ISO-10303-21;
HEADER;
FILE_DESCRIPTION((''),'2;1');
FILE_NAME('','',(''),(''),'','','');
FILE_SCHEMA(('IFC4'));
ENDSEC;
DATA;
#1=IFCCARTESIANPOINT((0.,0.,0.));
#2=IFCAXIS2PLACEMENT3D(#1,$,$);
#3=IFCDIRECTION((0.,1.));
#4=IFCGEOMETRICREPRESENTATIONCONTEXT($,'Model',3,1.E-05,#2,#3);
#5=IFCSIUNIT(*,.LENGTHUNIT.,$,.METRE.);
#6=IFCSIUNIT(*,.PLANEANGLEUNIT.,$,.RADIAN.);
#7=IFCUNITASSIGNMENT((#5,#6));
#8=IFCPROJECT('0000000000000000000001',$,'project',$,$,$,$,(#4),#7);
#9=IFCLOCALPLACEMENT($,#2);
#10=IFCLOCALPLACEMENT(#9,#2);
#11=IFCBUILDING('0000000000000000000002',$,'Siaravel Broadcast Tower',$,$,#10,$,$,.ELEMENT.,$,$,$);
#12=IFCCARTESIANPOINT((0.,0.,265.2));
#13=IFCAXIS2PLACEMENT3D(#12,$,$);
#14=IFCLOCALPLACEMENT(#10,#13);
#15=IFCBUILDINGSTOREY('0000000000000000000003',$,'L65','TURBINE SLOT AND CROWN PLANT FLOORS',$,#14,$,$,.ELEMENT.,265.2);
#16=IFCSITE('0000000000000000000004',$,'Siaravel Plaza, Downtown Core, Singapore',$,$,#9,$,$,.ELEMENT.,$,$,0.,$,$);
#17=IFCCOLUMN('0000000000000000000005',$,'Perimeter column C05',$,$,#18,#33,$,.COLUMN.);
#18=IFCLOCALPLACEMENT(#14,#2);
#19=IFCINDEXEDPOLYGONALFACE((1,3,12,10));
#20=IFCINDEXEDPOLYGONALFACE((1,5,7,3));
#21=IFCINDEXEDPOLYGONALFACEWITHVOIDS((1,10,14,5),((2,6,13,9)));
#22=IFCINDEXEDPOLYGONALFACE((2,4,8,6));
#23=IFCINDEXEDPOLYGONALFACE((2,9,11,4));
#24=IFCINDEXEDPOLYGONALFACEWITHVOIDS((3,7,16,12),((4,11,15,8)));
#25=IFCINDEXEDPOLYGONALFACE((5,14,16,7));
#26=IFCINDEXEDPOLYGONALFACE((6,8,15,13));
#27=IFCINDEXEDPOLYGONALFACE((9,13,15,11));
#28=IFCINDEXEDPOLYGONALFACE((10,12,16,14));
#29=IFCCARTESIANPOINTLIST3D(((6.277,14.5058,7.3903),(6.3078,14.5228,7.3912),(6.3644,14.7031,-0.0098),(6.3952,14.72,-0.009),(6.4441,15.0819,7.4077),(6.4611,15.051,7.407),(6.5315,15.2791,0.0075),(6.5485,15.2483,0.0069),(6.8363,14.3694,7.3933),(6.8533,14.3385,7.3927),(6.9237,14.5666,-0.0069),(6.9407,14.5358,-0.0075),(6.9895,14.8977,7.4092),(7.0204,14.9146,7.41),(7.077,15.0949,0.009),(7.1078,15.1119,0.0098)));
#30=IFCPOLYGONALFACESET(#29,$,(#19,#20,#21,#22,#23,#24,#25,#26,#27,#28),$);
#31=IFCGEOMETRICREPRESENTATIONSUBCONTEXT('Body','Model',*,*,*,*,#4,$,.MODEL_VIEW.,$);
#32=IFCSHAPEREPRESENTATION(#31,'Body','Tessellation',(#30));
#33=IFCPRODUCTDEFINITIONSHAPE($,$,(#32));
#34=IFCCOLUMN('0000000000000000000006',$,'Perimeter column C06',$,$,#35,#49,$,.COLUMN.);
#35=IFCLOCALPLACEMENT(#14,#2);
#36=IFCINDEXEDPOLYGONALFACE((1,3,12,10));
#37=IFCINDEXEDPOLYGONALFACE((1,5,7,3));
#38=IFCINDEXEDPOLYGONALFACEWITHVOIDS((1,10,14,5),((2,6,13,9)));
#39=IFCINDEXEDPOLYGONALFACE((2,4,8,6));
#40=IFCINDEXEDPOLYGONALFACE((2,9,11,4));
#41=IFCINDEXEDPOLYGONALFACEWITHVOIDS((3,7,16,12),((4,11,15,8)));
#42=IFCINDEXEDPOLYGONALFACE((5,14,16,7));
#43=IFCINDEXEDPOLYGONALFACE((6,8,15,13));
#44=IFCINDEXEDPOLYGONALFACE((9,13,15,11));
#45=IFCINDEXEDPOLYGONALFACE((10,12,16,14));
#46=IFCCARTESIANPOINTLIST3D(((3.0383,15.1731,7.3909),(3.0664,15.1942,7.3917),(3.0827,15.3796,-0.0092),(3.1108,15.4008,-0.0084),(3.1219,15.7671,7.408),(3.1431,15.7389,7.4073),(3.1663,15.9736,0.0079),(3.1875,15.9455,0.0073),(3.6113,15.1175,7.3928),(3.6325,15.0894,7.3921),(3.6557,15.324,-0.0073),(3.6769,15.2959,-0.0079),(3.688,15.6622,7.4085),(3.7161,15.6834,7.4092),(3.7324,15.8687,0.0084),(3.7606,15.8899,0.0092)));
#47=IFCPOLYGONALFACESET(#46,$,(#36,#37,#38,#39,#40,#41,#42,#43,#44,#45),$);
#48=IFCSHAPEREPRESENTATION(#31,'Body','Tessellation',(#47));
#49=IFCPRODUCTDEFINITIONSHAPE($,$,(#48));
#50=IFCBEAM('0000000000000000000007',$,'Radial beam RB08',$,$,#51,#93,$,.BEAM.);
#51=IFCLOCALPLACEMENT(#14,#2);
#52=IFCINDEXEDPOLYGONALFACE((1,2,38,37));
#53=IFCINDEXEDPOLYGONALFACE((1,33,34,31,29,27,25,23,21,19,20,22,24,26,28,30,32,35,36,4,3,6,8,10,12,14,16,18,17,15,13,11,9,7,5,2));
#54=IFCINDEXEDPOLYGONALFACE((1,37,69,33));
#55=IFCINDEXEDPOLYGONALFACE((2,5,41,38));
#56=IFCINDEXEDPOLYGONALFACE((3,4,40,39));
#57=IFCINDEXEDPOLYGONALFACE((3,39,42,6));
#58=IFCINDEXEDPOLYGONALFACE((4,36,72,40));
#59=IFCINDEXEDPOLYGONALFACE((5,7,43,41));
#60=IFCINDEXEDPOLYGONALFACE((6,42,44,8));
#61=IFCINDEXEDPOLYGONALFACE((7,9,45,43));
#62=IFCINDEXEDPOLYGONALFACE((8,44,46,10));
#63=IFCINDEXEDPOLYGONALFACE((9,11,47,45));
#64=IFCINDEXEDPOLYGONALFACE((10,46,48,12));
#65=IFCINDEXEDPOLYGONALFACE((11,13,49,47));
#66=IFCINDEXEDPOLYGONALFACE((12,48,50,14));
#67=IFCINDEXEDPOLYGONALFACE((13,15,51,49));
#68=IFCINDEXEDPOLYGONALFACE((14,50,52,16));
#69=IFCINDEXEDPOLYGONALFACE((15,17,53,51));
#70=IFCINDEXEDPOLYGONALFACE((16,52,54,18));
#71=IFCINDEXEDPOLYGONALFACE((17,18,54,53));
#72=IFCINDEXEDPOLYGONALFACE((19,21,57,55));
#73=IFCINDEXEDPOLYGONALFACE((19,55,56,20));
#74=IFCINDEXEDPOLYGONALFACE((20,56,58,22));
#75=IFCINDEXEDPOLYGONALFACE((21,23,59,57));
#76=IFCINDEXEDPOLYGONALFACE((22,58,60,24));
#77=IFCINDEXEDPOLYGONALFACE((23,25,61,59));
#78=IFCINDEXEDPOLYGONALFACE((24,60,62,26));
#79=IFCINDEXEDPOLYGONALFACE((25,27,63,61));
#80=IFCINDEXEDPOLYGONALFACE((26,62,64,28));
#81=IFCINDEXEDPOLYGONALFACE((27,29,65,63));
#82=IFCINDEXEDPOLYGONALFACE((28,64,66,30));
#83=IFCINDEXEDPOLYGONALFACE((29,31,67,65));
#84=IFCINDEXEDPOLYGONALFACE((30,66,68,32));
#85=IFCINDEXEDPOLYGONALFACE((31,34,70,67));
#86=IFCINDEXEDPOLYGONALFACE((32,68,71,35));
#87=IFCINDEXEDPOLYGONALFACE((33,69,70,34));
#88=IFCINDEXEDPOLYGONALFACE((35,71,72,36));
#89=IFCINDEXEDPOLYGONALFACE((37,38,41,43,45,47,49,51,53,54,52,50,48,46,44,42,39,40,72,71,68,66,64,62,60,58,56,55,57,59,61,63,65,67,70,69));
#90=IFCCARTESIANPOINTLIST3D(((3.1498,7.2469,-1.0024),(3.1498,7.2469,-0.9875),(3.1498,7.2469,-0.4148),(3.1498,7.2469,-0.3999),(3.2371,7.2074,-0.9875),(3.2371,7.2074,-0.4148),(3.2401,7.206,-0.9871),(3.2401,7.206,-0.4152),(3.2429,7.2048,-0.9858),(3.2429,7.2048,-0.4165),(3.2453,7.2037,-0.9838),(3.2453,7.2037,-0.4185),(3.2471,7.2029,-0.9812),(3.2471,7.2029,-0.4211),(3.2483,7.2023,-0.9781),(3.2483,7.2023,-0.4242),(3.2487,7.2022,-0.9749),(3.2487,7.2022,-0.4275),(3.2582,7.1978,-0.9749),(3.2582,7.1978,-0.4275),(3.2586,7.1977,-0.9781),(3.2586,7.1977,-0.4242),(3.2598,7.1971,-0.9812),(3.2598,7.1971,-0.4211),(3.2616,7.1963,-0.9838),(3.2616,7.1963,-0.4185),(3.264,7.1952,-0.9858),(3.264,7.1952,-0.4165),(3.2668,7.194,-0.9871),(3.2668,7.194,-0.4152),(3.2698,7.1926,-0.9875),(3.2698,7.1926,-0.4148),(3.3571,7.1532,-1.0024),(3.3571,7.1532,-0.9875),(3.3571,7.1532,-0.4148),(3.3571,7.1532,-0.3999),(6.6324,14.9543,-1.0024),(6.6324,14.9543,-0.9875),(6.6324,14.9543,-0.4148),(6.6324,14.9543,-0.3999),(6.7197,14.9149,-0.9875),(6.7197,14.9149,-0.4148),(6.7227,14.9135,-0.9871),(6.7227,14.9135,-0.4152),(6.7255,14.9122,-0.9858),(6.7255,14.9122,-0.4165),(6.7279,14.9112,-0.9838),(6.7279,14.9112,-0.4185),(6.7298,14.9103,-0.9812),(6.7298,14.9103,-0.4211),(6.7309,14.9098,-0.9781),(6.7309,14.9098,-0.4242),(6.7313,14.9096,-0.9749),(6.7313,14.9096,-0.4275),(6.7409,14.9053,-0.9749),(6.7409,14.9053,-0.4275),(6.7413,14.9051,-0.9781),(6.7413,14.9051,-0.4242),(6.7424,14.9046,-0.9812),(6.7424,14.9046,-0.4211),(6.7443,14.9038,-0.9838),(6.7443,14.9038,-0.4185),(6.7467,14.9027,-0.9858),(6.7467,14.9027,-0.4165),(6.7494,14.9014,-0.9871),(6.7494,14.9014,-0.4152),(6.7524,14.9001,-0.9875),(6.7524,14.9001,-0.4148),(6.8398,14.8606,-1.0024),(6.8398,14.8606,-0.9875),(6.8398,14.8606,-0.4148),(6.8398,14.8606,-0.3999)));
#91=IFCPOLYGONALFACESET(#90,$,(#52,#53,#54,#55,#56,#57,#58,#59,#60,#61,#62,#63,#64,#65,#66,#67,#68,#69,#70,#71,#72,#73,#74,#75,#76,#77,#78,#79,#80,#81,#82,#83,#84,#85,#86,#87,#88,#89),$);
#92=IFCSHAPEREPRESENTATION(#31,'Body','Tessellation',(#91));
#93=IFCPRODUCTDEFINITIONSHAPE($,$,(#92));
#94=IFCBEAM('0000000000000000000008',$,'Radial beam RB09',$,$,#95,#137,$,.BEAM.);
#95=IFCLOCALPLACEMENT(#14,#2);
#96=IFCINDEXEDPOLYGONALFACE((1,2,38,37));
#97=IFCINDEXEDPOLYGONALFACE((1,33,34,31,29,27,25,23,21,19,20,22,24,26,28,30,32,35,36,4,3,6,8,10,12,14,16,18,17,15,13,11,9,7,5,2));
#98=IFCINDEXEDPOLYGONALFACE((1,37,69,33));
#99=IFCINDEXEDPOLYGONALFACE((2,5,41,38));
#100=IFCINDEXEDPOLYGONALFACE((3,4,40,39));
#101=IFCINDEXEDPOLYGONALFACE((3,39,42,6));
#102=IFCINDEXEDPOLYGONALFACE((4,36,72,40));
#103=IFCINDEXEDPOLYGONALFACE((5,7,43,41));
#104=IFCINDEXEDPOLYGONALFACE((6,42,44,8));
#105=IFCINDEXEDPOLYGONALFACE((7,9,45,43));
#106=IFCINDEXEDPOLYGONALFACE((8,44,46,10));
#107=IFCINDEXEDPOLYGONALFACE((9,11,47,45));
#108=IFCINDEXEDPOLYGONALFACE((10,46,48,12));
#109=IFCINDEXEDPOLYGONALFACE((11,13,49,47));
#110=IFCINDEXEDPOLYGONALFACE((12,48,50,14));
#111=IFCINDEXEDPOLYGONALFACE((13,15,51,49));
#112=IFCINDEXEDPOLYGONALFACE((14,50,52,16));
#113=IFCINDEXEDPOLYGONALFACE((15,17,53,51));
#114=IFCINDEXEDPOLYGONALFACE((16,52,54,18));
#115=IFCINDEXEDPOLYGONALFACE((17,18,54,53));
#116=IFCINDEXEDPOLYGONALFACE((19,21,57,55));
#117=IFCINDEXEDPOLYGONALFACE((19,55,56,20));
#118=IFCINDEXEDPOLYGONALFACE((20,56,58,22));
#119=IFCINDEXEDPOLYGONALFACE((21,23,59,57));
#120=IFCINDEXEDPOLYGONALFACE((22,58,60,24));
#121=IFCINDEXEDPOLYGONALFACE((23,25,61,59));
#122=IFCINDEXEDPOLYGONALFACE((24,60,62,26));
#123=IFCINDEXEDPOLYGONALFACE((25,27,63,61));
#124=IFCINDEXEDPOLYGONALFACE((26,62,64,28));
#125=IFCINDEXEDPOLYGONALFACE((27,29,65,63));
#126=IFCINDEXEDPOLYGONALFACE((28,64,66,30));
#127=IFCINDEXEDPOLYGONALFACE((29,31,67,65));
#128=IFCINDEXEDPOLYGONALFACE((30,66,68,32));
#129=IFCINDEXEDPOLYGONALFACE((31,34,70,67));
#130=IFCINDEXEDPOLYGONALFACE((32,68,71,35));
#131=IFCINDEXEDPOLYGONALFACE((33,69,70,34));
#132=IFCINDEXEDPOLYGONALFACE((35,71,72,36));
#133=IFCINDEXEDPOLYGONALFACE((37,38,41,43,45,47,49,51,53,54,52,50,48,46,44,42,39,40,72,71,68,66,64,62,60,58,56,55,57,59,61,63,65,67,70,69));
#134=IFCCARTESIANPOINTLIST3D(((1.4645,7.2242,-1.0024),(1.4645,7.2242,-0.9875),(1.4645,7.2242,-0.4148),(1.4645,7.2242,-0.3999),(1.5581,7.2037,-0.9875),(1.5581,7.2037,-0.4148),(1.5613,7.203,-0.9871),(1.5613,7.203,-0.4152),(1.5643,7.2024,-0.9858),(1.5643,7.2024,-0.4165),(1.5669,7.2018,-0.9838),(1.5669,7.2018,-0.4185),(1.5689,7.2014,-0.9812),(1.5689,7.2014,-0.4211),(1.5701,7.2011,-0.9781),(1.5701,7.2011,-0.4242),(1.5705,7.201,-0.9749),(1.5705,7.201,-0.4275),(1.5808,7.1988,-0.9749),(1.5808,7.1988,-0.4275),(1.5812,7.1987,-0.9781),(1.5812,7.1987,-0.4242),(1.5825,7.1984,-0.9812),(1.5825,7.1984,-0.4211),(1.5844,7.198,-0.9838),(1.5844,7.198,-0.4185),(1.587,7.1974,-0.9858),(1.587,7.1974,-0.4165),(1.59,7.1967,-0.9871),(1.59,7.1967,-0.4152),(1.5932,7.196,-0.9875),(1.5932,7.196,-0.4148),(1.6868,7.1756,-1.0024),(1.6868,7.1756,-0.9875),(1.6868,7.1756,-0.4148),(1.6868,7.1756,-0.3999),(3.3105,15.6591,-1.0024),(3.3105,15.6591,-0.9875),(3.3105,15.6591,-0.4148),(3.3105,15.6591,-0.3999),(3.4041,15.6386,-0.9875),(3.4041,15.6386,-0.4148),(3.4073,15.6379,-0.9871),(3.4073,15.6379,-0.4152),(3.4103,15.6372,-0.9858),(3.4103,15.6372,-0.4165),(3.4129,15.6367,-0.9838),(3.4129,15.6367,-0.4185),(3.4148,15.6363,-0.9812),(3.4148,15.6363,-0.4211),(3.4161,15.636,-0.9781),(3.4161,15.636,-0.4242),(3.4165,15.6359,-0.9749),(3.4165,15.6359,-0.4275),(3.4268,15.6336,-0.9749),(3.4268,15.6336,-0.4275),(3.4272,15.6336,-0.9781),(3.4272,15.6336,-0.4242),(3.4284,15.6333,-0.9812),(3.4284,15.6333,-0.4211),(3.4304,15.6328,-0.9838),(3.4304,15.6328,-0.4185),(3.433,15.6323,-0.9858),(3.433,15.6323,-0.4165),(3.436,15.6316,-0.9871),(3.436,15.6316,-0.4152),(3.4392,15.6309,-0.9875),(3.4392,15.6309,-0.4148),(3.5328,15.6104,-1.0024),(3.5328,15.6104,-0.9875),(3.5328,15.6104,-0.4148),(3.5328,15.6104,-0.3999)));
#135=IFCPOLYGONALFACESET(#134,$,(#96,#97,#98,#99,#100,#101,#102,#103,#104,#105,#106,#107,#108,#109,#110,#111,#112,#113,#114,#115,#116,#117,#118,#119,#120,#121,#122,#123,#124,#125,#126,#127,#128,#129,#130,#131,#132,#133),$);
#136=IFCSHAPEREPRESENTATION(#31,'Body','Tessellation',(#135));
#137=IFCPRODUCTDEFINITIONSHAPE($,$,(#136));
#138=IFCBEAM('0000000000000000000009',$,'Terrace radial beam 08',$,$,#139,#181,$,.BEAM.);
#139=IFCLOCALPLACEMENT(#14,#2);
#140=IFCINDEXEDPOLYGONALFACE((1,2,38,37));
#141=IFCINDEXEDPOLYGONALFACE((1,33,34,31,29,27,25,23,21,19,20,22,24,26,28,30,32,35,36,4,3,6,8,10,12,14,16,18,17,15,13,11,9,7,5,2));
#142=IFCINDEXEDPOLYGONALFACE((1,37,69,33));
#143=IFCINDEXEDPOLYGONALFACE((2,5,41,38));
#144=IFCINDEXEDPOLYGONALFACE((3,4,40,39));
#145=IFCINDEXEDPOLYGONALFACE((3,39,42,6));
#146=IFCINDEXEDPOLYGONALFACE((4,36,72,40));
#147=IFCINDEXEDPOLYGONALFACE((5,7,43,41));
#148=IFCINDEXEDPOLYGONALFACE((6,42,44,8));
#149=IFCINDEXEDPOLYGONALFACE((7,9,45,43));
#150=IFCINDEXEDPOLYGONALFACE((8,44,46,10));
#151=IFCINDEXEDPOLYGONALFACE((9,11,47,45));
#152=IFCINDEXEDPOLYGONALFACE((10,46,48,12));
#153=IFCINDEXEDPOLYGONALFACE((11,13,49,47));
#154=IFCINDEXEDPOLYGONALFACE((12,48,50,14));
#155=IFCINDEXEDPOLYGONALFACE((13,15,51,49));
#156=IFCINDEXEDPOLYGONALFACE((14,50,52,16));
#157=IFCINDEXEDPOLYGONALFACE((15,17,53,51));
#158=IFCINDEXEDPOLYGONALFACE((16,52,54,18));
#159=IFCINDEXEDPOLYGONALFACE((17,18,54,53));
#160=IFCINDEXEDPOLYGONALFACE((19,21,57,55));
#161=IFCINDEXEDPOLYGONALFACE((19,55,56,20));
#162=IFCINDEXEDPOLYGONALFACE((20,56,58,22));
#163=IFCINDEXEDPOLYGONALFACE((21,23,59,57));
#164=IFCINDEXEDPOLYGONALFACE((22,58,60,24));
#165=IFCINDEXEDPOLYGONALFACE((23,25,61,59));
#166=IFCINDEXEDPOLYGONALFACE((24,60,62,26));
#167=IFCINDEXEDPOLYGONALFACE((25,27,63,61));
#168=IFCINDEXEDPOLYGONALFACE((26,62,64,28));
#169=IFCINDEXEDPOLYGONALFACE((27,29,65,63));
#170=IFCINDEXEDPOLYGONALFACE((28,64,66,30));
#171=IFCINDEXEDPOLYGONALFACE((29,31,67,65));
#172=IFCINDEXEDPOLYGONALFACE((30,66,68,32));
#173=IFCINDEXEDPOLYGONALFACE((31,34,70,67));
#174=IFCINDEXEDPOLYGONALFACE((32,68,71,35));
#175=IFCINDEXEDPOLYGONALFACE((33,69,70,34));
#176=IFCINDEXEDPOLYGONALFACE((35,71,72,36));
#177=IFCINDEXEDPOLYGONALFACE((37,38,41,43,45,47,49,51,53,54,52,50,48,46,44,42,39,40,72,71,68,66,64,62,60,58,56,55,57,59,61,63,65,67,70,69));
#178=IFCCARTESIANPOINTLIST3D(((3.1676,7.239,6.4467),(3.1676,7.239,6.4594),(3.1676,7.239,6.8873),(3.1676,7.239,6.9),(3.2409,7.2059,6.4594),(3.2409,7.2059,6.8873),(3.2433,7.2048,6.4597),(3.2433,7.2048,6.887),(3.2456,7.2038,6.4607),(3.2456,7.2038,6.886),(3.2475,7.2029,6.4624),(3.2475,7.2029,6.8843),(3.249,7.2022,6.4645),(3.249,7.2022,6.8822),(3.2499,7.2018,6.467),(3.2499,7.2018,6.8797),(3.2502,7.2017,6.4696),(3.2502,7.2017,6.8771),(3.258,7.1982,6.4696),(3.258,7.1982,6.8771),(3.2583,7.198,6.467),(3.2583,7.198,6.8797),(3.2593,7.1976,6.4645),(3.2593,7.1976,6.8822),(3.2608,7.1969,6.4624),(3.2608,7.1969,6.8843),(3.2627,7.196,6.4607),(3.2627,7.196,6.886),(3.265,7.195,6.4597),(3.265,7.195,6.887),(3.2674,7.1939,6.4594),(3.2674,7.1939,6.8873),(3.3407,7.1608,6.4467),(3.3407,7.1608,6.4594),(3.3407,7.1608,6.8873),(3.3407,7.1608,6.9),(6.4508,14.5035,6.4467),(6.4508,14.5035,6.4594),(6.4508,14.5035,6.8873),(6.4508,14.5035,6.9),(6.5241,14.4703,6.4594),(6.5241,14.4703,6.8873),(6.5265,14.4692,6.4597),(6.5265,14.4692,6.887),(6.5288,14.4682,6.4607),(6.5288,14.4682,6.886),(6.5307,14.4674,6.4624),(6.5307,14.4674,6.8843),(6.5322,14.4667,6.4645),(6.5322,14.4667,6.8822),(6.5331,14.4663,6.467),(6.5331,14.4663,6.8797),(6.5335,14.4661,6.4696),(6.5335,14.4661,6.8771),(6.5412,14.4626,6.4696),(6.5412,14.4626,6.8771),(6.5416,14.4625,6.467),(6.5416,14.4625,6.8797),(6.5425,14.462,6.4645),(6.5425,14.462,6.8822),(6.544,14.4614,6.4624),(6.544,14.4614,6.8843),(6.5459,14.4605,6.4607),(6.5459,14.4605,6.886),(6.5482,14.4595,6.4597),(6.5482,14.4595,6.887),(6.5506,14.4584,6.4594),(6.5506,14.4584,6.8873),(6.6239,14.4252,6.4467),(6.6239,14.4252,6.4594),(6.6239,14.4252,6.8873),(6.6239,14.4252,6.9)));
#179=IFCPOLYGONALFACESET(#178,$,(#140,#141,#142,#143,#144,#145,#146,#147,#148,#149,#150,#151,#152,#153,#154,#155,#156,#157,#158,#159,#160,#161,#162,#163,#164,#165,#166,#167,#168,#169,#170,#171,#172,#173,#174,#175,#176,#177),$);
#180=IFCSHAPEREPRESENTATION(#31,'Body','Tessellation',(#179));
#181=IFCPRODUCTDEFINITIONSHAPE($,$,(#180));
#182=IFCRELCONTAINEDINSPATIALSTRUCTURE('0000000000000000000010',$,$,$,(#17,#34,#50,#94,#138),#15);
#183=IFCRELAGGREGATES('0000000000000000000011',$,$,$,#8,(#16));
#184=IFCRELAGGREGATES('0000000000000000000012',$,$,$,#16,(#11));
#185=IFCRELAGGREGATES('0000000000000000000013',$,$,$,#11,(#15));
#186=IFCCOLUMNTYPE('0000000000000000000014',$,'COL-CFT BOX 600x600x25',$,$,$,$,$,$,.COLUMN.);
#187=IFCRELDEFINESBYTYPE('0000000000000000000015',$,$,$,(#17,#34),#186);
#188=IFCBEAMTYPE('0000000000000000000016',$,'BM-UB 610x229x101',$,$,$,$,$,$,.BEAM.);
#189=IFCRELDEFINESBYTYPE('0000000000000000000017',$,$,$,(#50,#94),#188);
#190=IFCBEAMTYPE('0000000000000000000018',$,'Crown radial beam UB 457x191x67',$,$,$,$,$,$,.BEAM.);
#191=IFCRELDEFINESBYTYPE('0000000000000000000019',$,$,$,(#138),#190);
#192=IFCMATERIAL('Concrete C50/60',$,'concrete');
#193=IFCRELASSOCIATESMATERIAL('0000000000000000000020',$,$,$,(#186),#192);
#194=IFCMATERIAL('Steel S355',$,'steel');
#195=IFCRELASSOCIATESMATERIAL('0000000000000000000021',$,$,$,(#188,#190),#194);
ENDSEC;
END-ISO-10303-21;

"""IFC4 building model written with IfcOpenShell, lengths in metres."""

from ifc_helpers import new_model, si_unit, direction, frame, origin, origin_2d, place, context, subcontext, project, spatial, hollow_rectangle, i_section, extrude, material, material_profile, profile_set, type_object, element, save


model = new_model("IFC4")

# Units and contexts
model_context = context("Model", 3, precision=1e-05, world=origin(), true_north=direction((0.0, 1.0)))
body_context = subcontext(model_context, "Body", "Model", "MODEL_VIEW")
ifc_project = project(units=[si_unit("LENGTHUNIT", "METRE"), si_unit("PLANEANGLEUNIT", "RADIAN")], contexts=[model_context])

# Site, building, storey
site_placement = place(None, origin())
site = spatial("IfcSite", under=ifc_project, at=site_placement, Name="Siaravel Plaza, Downtown Core, Singapore", CompositionType="ELEMENT", RefElevation=0.0)
building_placement = place(site_placement, origin())
building = spatial("IfcBuilding", under=site, at=building_placement, Name="Siaravel Broadcast Tower", CompositionType="ELEMENT")
storey_placement = place(building_placement, frame((0.0, 0.0, 265.2)))
storey = spatial("IfcBuildingStorey", under=building, at=storey_placement, Name="L65", Description="TURBINE SLOT AND CROWN PLANT FLOORS", CompositionType="ELEMENT", Elevation=265.2)

# Columns
ifc_material_1 = material(Name="Concrete C50/60", Category="concrete")
ifc_material_profile_1 = material_profile(ifc_material_1, hollow_rectangle(XDim=0.6001, YDim=0.6001, WallThickness=0.0249, at=origin_2d()))
ifc_profile_set_1 = profile_set([ifc_material_profile_1], Name="Concrete C50/60")
column_type = type_object("IfcColumnType", Name="COL-CFT BOX 600x600x25", PredefinedType="COLUMN", material=ifc_profile_set_1)
column_1_placement = place(storey_placement, frame((6.7361, 14.9075, 0.0), z_axis=(-0.011806, -0.026646, 0.999575), x_axis=(0.960365, -0.278719, 0.003913)))
element("IfcColumn", 1, at=column_1_placement, inside=storey, type_object=column_type, Name="Perimeter column C05", PredefinedType="COLUMN", context=body_context, shape_type="SweptSolid", body=[
    extrude(hollow_rectangle(XDim=0.6001, YDim=0.6001, WallThickness=0.0249, at=origin_2d()), origin(), (0.0, 0.0, 1.0), 7.4033),
])
column_2_placement = place(storey_placement, frame((3.4216, 15.6348, 0.0), z_axis=(-0.006002, -0.027899, 0.999593), x_axis=(0.990225, -0.139461, 0.002053)))
element("IfcColumn", 2, at=column_2_placement, inside=storey, type_object=column_type, Name="Perimeter column C06", PredefinedType="COLUMN", context=body_context, shape_type="SweptSolid", body=[
    extrude(hollow_rectangle(XDim=0.6001, YDim=0.6001, WallThickness=0.0249, at=origin_2d()), origin(), (0.0, 0.0, 1.0), 7.4031),
])

# Beams
ifc_material_2 = material(Name="Steel S355", Category="steel")
ifc_material_profile_2 = material_profile(ifc_material_2, i_section(OverallWidth=0.2275, OverallDepth=0.6025, WebThickness=0.0105, FlangeThickness=0.0149, FilletRadius=0.0127, at=origin_2d()))
ifc_profile_set_2 = profile_set([ifc_material_profile_2], Name="Steel S355")
beam_type_1 = type_object("IfcBeamType", Name="BM-UB 610x229x101", PredefinedType="BEAM", material=ifc_profile_set_2)
beam_1_placement = place(storey_placement, frame((6.7361, 14.9075, -0.7012), z_axis=(-0.411768, -0.911288, 0.0), x_axis=(0.911288, -0.411768, 0.0)))
element("IfcBeam", 3, at=beam_1_placement, inside=storey, type_object=beam_type_1, Name="Radial beam RB08", PredefinedType="BEAM", context=body_context, shape_type="SweptSolid", body=[
    extrude(i_section(OverallWidth=0.2275, OverallDepth=0.6025, WebThickness=0.0105, FlangeThickness=0.0149, FilletRadius=0.0127, at=origin_2d()), origin(), (0.0, 0.0, 1.0), 8.4578),
])
beam_2_placement = place(storey_placement, frame((3.4216, 15.6348, -0.7012), z_axis=(-0.213789, -0.97688, 0.0), x_axis=(0.97688, -0.213789, 0.0)))
element("IfcBeam", 4, at=beam_2_placement, inside=storey, type_object=beam_type_1, Name="Radial beam RB09", PredefinedType="BEAM", context=body_context, shape_type="SweptSolid", body=[
    extrude(i_section(OverallWidth=0.2275, OverallDepth=0.6025, WebThickness=0.0105, FlangeThickness=0.0149, FilletRadius=0.0127, at=origin_2d()), origin(), (0.0, 0.0, 1.0), 8.6345),
])
ifc_material_profile_3 = material_profile(ifc_material_2, i_section(OverallWidth=0.1899, OverallDepth=0.4534, WebThickness=0.0085, FlangeThickness=0.0127, FilletRadius=0.0103, at=origin_2d()))
ifc_profile_set_3 = profile_set([ifc_material_profile_3], Name="Steel S355")
beam_type_2 = type_object("IfcBeamType", Name="Crown radial beam UB 457x191x67", PredefinedType="BEAM", material=ifc_profile_set_3)
beam_3_placement = place(storey_placement, frame((6.5374, 14.4644, 6.6733), z_axis=(-0.411848, -0.911253, 0.0), x_axis=(0.911253, -0.411848, 0.0)))
element("IfcBeam", 5, at=beam_3_placement, inside=storey, type_object=beam_type_2, Name="Terrace radial beam 08", PredefinedType="BEAM", context=body_context, shape_type="SweptSolid", body=[
    extrude(i_section(OverallWidth=0.1899, OverallDepth=0.4534, WebThickness=0.0085, FlangeThickness=0.0127, FilletRadius=0.0103, at=origin_2d()), origin(), (0.0, 0.0, 1.0), 7.9719),
])

save(model, "model.ifc")
